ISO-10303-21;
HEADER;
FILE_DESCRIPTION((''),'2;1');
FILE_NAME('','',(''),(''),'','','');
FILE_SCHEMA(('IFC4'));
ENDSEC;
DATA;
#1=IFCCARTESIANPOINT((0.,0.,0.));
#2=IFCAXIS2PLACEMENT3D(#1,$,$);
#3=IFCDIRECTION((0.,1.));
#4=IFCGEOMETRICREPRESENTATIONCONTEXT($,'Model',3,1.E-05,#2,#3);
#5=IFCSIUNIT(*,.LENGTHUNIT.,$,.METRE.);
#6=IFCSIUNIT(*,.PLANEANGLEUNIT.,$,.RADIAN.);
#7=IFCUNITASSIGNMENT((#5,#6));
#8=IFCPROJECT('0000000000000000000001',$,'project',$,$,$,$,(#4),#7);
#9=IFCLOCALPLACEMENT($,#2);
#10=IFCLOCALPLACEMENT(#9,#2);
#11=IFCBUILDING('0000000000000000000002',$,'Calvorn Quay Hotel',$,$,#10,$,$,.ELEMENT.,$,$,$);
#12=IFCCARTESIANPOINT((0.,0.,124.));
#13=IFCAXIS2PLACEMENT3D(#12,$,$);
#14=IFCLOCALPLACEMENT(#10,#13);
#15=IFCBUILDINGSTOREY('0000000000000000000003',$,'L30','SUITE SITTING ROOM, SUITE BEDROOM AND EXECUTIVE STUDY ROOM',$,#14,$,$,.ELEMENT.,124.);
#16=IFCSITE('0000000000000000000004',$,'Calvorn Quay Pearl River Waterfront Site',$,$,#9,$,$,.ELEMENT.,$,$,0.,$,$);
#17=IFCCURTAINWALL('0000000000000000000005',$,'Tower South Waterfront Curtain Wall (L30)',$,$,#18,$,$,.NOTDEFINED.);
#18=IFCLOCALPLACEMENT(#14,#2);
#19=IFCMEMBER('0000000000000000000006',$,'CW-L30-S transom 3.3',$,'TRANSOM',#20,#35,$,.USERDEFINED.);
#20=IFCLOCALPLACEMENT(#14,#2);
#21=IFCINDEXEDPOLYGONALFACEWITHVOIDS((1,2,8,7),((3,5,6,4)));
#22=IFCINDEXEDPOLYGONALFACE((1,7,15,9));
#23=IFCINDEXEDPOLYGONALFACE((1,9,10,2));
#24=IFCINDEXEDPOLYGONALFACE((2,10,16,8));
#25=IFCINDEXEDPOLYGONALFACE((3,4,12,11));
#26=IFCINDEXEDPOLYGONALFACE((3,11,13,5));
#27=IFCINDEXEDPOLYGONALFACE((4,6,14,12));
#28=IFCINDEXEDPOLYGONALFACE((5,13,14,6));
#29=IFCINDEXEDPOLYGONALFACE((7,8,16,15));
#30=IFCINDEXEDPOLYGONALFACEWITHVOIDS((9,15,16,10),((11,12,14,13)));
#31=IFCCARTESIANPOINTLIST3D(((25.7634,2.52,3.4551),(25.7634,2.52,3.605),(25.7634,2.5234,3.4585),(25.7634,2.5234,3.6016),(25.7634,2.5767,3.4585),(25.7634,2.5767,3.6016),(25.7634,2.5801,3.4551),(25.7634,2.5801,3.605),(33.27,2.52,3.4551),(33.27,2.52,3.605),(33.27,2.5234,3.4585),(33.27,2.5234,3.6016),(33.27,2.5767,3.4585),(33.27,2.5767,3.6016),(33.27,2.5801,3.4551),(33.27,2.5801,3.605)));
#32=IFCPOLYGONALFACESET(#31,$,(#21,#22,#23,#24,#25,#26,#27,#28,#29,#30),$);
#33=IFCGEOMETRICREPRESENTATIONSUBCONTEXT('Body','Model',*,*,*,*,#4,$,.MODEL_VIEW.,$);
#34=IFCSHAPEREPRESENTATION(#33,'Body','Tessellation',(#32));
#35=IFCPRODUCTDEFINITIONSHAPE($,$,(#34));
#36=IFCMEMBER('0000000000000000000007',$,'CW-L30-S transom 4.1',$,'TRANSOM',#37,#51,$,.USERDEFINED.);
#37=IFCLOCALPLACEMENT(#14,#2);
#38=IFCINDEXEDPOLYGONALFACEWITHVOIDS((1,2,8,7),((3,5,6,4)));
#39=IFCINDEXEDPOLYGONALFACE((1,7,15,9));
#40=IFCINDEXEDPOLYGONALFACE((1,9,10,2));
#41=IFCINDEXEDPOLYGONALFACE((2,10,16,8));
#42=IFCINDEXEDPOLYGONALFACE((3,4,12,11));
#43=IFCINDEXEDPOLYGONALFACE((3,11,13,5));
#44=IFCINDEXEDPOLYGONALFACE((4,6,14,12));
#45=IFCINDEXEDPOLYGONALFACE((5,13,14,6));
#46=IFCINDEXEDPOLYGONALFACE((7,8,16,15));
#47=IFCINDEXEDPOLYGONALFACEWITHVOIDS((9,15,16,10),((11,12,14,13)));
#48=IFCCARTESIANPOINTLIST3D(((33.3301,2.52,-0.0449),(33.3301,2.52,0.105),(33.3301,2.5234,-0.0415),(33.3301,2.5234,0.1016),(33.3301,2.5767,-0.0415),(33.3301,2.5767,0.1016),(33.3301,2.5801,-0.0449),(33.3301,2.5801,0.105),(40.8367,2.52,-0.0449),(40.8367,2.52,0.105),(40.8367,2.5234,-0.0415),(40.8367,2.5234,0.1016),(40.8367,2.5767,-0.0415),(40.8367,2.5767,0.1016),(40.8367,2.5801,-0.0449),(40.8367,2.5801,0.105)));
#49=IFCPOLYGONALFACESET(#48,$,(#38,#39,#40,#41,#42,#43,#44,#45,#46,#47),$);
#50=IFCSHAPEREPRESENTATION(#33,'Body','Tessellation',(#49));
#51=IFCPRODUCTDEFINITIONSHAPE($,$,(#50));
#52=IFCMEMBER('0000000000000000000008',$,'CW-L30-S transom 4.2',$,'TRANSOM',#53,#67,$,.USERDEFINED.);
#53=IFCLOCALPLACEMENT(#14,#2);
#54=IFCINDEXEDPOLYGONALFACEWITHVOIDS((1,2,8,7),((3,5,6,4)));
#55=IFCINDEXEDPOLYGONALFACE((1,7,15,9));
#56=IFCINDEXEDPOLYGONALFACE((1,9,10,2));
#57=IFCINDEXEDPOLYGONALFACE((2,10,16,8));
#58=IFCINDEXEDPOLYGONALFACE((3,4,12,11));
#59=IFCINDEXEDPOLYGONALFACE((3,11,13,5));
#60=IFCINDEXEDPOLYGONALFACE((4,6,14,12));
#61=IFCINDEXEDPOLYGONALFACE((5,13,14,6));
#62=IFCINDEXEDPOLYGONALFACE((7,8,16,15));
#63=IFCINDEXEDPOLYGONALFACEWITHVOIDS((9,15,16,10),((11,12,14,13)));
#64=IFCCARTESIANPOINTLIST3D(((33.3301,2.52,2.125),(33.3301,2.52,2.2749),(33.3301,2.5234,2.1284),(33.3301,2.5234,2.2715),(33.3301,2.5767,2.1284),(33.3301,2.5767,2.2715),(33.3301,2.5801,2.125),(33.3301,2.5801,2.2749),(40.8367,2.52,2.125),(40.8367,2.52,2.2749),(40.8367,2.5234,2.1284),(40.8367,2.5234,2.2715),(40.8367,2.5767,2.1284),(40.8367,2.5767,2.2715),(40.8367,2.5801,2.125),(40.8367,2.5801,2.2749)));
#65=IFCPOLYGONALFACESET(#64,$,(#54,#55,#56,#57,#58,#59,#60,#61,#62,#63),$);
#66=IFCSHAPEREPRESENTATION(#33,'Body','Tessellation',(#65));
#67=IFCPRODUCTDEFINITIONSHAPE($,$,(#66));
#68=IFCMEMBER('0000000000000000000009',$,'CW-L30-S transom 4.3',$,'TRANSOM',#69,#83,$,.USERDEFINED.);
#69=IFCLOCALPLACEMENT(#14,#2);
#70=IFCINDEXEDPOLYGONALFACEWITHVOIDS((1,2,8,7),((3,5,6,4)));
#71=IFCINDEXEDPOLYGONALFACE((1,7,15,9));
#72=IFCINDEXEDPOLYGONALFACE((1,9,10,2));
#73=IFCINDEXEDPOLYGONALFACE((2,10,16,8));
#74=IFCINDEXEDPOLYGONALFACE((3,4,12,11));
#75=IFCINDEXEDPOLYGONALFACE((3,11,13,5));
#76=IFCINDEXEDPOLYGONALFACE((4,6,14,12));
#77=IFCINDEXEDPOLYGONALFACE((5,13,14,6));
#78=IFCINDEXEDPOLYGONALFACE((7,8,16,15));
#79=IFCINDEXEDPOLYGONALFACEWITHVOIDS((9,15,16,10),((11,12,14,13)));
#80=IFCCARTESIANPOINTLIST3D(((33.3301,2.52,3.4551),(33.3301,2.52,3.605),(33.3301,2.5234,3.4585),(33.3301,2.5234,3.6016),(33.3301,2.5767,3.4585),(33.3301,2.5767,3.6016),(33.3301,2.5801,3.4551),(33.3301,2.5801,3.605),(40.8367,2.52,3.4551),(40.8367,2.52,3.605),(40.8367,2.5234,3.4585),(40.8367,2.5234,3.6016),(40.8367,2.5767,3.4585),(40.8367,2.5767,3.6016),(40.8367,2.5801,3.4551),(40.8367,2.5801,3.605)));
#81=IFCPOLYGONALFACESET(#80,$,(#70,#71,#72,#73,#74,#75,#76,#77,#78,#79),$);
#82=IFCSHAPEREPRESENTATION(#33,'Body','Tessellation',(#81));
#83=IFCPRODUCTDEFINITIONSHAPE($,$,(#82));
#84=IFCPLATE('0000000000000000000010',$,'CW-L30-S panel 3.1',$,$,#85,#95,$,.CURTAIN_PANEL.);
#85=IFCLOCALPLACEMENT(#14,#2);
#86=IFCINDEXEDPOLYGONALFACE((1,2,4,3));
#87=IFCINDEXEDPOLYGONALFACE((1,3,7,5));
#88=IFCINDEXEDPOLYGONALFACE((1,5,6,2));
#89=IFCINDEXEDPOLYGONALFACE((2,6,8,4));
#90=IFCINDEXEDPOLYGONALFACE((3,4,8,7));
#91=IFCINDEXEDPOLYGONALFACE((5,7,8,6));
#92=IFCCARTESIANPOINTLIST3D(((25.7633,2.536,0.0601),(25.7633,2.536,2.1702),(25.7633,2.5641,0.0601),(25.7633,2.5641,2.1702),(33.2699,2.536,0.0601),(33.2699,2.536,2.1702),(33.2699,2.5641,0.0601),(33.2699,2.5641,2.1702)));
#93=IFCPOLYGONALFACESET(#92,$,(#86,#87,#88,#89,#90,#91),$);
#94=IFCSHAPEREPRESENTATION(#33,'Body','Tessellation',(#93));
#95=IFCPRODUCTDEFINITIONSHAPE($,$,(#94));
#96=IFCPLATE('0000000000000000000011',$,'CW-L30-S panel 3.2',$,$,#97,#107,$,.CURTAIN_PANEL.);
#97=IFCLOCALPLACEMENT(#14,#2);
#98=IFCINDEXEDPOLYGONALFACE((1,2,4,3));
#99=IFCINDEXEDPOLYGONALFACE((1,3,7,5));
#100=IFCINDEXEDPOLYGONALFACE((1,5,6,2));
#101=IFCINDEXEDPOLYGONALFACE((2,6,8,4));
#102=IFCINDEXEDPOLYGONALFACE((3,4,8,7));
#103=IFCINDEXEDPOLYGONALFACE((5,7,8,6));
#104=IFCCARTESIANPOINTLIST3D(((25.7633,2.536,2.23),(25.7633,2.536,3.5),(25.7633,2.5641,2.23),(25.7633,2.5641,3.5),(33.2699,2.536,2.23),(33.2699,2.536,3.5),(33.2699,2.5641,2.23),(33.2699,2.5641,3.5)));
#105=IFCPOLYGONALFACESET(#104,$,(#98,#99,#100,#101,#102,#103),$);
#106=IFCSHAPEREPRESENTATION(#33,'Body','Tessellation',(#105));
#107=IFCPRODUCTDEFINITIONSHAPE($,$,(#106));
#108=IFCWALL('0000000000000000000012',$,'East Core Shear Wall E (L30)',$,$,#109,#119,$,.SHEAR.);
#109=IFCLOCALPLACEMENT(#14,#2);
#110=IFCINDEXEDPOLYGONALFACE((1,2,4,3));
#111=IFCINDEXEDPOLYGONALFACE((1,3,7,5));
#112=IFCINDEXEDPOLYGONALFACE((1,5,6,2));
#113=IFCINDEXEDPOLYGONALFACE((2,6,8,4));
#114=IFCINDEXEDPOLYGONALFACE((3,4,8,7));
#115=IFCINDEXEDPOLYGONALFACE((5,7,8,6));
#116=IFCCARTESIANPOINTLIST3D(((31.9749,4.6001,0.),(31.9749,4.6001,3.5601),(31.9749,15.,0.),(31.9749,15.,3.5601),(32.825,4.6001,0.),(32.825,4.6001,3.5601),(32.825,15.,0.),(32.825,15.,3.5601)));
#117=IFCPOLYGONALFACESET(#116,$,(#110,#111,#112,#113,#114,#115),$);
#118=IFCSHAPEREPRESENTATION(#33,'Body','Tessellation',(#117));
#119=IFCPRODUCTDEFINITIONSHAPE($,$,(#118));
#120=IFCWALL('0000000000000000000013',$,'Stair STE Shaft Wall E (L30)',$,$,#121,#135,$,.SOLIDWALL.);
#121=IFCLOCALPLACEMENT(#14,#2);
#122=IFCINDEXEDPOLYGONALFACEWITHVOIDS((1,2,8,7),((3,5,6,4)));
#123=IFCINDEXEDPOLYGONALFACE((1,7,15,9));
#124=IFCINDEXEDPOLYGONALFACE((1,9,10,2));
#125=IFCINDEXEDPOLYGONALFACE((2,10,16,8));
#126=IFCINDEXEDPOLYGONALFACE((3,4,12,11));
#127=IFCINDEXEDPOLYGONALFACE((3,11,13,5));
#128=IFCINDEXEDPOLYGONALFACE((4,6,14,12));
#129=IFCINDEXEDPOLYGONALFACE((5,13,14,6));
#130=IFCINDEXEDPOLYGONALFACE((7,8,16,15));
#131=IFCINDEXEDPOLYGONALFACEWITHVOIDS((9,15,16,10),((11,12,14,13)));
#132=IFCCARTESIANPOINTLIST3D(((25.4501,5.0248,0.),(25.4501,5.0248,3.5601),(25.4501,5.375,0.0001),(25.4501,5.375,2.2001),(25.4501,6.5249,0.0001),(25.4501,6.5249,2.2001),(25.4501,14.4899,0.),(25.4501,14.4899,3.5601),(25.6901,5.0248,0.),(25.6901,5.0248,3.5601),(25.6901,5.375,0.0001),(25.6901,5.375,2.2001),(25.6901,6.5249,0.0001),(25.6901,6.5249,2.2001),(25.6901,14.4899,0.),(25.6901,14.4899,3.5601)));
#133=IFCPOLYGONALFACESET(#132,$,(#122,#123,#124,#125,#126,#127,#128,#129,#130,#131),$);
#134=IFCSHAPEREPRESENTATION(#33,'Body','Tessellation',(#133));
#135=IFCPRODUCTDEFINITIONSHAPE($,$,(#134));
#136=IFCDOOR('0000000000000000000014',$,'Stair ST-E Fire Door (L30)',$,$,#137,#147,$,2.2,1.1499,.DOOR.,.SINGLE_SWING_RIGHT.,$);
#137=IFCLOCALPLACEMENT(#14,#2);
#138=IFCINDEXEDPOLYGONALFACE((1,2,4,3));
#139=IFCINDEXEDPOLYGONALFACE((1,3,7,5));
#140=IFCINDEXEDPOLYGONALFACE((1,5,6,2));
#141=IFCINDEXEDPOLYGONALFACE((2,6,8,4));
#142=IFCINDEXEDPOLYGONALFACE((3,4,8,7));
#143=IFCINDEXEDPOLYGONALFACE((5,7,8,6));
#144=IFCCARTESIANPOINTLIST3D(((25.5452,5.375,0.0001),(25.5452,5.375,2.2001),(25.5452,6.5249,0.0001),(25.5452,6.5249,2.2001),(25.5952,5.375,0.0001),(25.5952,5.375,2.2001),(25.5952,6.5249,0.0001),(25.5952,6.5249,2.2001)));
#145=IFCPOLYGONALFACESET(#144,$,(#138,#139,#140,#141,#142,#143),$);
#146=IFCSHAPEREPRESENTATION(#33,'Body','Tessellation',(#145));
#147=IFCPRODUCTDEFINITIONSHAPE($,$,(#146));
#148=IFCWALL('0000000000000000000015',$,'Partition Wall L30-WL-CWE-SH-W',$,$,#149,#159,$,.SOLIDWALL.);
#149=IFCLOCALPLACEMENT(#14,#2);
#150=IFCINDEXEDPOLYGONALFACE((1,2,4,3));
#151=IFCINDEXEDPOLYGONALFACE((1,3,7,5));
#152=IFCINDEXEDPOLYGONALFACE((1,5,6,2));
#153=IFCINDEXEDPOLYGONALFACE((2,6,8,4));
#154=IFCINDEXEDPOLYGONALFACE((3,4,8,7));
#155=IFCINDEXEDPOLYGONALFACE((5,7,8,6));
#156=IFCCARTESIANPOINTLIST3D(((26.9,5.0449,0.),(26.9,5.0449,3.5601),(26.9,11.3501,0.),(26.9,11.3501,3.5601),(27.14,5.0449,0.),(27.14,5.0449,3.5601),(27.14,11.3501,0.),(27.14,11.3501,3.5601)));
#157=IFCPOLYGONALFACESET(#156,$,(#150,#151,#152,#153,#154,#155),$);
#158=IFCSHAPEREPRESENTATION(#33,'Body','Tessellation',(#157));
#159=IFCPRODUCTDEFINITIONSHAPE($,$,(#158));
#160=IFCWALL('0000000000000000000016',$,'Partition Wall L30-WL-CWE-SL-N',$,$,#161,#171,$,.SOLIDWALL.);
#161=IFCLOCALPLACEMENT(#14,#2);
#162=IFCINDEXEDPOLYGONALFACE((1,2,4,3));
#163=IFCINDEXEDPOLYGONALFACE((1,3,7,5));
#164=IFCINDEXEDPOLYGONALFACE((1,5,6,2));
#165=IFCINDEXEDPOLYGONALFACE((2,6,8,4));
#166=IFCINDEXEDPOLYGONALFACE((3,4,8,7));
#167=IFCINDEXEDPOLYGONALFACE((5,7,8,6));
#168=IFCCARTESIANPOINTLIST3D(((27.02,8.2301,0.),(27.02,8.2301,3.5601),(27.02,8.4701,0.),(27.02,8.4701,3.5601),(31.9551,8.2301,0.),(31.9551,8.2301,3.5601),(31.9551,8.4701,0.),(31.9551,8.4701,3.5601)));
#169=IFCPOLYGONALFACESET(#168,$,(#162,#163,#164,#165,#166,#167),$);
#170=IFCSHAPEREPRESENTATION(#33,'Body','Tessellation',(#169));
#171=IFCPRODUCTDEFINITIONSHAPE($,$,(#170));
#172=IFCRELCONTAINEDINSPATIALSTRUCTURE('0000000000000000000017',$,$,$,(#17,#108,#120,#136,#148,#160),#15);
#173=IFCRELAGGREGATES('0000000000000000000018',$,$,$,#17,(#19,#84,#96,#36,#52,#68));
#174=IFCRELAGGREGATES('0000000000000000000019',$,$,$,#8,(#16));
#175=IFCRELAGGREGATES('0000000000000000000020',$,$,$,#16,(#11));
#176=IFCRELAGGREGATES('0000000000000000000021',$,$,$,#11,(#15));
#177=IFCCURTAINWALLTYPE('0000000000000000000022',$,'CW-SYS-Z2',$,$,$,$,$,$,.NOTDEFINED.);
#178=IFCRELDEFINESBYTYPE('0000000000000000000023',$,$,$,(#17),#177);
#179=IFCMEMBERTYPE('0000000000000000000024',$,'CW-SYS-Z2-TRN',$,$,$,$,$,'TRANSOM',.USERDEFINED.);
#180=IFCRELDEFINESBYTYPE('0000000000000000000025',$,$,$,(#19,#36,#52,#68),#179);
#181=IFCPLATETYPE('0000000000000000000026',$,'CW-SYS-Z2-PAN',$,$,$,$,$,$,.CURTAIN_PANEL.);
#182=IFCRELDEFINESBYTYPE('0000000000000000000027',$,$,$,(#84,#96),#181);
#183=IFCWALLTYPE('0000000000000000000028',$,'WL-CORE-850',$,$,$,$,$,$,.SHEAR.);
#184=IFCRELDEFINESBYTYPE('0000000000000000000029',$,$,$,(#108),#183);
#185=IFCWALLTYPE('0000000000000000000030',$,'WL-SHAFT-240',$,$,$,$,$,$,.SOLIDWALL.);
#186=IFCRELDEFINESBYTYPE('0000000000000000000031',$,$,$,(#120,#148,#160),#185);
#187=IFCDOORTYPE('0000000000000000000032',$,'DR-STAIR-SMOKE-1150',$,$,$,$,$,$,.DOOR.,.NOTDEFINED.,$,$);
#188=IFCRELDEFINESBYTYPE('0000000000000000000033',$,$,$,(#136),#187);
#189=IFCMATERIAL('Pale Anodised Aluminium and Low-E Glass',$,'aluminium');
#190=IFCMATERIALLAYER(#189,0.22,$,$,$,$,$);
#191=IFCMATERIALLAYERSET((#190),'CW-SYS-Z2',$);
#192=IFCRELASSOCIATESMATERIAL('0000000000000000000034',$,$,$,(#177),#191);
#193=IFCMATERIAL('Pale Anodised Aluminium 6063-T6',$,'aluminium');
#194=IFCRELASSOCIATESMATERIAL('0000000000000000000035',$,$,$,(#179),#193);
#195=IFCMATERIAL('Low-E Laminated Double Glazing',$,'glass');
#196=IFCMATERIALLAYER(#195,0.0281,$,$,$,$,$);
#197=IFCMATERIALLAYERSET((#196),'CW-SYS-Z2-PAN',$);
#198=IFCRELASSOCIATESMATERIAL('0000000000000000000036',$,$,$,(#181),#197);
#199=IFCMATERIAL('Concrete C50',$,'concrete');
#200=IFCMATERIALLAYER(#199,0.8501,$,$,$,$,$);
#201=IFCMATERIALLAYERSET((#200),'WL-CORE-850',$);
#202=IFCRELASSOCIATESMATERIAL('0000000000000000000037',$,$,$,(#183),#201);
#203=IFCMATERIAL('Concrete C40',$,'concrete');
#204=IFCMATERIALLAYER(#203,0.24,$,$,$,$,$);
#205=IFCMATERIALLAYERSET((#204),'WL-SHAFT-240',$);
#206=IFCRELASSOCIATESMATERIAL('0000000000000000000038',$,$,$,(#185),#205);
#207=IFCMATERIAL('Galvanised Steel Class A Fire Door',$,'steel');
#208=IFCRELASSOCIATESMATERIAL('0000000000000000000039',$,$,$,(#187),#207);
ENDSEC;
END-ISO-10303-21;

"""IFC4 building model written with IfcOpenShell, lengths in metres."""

from ifc_helpers import new_model, si_unit, direction, frame, frame_2d, origin, origin_2d, place, context, subcontext, project, spatial, rectangle, hollow_rectangle, extrude, material, layer, layer_set, material_profile, profile_set, type_object, element, fill, aggregate, save


model = new_model("IFC4")

# Units and contexts
model_context = context("Model", 3, precision=1e-05, world=origin(), true_north=direction((0.0, 1.0)))
body_context = subcontext(model_context, "Body", "Model", "MODEL_VIEW")
ifc_project = project(units=[si_unit("LENGTHUNIT", "METRE"), si_unit("PLANEANGLEUNIT", "RADIAN")], contexts=[model_context])

# Site, building, storey
site_placement = place(None, origin())
site = spatial("IfcSite", under=ifc_project, at=site_placement, Name="Calvorn Quay Pearl River Waterfront Site", CompositionType="ELEMENT", RefElevation=0.0)
building_placement = place(site_placement, origin())
building = spatial("IfcBuilding", under=site, at=building_placement, Name="Calvorn Quay Hotel", CompositionType="ELEMENT")
storey_placement = place(building_placement, frame((0.0, 0.0, 124.0)))
storey = spatial("IfcBuildingStorey", under=building, at=storey_placement, Name="L30", Description="SUITE SITTING ROOM, SUITE BEDROOM AND EXECUTIVE STUDY ROOM", CompositionType="ELEMENT", Elevation=124.0)

# Curtain wall, members, plates
ifc_material_1 = material(Name="Pale Anodised Aluminium and Low-E Glass", Category="aluminium")
ifc_layer_1 = layer(ifc_material_1, 0.22)
ifc_layer_set_1 = layer_set([ifc_layer_1], Name="CW-SYS-Z2")
curtain_wall_type = type_object("IfcCurtainWallType", Name="CW-SYS-Z2", PredefinedType="NOTDEFINED", material=ifc_layer_set_1)
curtain_wall_placement = place(storey_placement, origin())
curtain_wall = element("IfcCurtainWall", 1, at=curtain_wall_placement, inside=storey, type_object=curtain_wall_type, Name="Tower South Waterfront Curtain Wall (L30)", PredefinedType="NOTDEFINED")
ifc_material_2 = material(Name="Pale Anodised Aluminium 6063-T6", Category="aluminium")
ifc_material_profile_1 = material_profile(ifc_material_2, hollow_rectangle(XDim=0.0601, YDim=0.1499, WallThickness=0.0034, at=origin_2d()), Name="ALU-T150x60x3.5")
ifc_profile_set_1 = profile_set([ifc_material_profile_1], Name="Pale Anodised Aluminium 6063-T6")
member_type_1 = type_object("IfcMemberType", Name="CW-SYS-Z2-TRN", ElementType="TRANSOM", PredefinedType="USERDEFINED", material=ifc_profile_set_1)
member_1_placement = place(storey_placement, frame((25.7634, 2.55, 3.53), z_axis=(1.0, 0.0, 0.0), x_axis=(0.0, 1.0, 0.0)))
member_1 = element("IfcMember", 2, at=member_1_placement, type_object=member_type_1, Name="CW-L30-S transom 3.3", ObjectType="TRANSOM", PredefinedType="USERDEFINED", context=body_context, shape_type="SweptSolid", body=[
    extrude(hollow_rectangle(XDim=0.0601, YDim=0.1499, WallThickness=0.0034, at=origin_2d()), origin(), (0.0, 0.0, 1.0), 7.5066),
])
member_2_placement = place(storey_placement, frame((33.3301, 2.55, 0.03), z_axis=(1.0, 0.0, 0.0), x_axis=(0.0, 1.0, 0.0)))
member_2 = element("IfcMember", 3, at=member_2_placement, type_object=member_type_1, Name="CW-L30-S transom 4.1", ObjectType="TRANSOM", PredefinedType="USERDEFINED", context=body_context, shape_type="SweptSolid", body=[
    extrude(hollow_rectangle(XDim=0.0601, YDim=0.1499, WallThickness=0.0034, at=origin_2d()), origin(), (0.0, 0.0, 1.0), 7.5066),
])
member_3_placement = place(storey_placement, frame((33.3301, 2.55, 2.2), z_axis=(1.0, 0.0, 0.0), x_axis=(0.0, 1.0, 0.0)))
member_3 = element("IfcMember", 4, at=member_3_placement, type_object=member_type_1, Name="CW-L30-S transom 4.2", ObjectType="TRANSOM", PredefinedType="USERDEFINED", context=body_context, shape_type="SweptSolid", body=[
    extrude(hollow_rectangle(XDim=0.0601, YDim=0.1499, WallThickness=0.0034, at=origin_2d()), origin(), (0.0, 0.0, 1.0), 7.5066),
])
member_4_placement = place(storey_placement, frame((33.3301, 2.55, 3.53), z_axis=(1.0, 0.0, 0.0), x_axis=(0.0, 1.0, 0.0)))
member_4 = element("IfcMember", 5, at=member_4_placement, type_object=member_type_1, Name="CW-L30-S transom 4.3", ObjectType="TRANSOM", PredefinedType="USERDEFINED", context=body_context, shape_type="SweptSolid", body=[
    extrude(hollow_rectangle(XDim=0.0601, YDim=0.1499, WallThickness=0.0034, at=origin_2d()), origin(), (0.0, 0.0, 1.0), 7.5066),
])
ifc_material_3 = material(Name="Low-E Laminated Double Glazing", Category="glass")
ifc_layer_2 = layer(ifc_material_3, 0.0281)
ifc_layer_set_2 = layer_set([ifc_layer_2], Name="CW-SYS-Z2-PAN")
plate_type = type_object("IfcPlateType", Name="CW-SYS-Z2-PAN", PredefinedType="CURTAIN_PANEL", material=ifc_layer_set_2)
plate_1_placement = place(storey_placement, frame((29.5166, 2.55, 0.0601), z_axis=(0.0, 0.0, 1.0), x_axis=(1.0, 0.0, 0.0)))
plate_1 = element("IfcPlate", 6, at=plate_1_placement, type_object=plate_type, Name="CW-L30-S panel 3.1", PredefinedType="CURTAIN_PANEL", context=body_context, shape_type="SweptSolid", body=[
    extrude(rectangle(XDim=7.5066, YDim=0.0281, at=origin_2d()), origin(), (0.0, 0.0, 1.0), 2.1101),
])
plate_2_placement = place(storey_placement, frame((29.5166, 2.55, 2.23), z_axis=(0.0, 0.0, 1.0), x_axis=(1.0, 0.0, 0.0)))
plate_2 = element("IfcPlate", 7, at=plate_2_placement, type_object=plate_type, Name="CW-L30-S panel 3.2", PredefinedType="CURTAIN_PANEL", context=body_context, shape_type="SweptSolid", body=[
    extrude(rectangle(XDim=7.5066, YDim=0.0281, at=origin_2d()), origin(), (0.0, 0.0, 1.0), 1.27),
])
aggregate(curtain_wall, [member_1, plate_1, plate_2, member_2, member_3, member_4])

# Wall
ifc_material_4 = material(Name="Concrete C50", Category="concrete")
ifc_layer_3 = layer(ifc_material_4, 0.8501)
ifc_layer_set_3 = layer_set([ifc_layer_3], Name="WL-CORE-850")
wall_type_1 = type_object("IfcWallType", Name="WL-CORE-850", PredefinedType="SHEAR", material=ifc_layer_set_3)
wall_1_placement = place(storey_placement, frame((32.3999, 4.6001, 0.0), z_axis=(0.0, 0.0, 1.0), x_axis=(0.0, 1.0, 0.0)))
element("IfcWall", 8, at=wall_1_placement, inside=storey, type_object=wall_type_1, Name="East Core Shear Wall E (L30)", PredefinedType="SHEAR", context=body_context, shape_type="SweptSolid", body=[
    extrude(rectangle(XDim=10.3999, YDim=0.8501, at=frame_2d((5.2, 0.0))), origin(), (0.0, 0.0, 1.0), 3.5601),
])

# Wall, opening, door
ifc_material_5 = material(Name="Concrete C40", Category="concrete")
ifc_layer_4 = layer(ifc_material_5, 0.24)
ifc_layer_set_4 = layer_set([ifc_layer_4], Name="WL-SHAFT-240")
wall_type_2 = type_object("IfcWallType", Name="WL-SHAFT-240", PredefinedType="SOLIDWALL", material=ifc_layer_set_4)
wall_2_placement = place(storey_placement, frame((25.5701, 5.0249, 0.0), z_axis=(0.0, 0.0, 1.0), x_axis=(0.0, 1.0, 0.0)))
wall_2 = element("IfcWall", 9, at=wall_2_placement, inside=storey, type_object=wall_type_2, Name="Stair STE Shaft Wall E (L30)", PredefinedType="SOLIDWALL", context=body_context, shape_type="SweptSolid", body=[
    extrude(rectangle(XDim=9.4651, YDim=0.24, at=frame_2d((4.7324, 0.0))), origin(), (0.0, 0.0, 1.0), 3.5601),
])
opening_1_placement = place(wall_2_placement, frame((0.3501, 0.0, 0.0)))
opening_1 = element("IfcOpeningElement", 10, at=opening_1_placement, cuts=wall_2, PredefinedType="OPENING", context=body_context, shape_type="SweptSolid", body=[
    extrude(rectangle(XDim=1.1499, YDim=2.2, at=frame_2d((0.575, 1.1001))), frame((0.0, 0.1299, 0.0), z_axis=(0.0, -1.0, 0.0), x_axis=(1.0, 0.0, 0.0)), (0.0, 0.0, 1.0), 0.26),
])
ifc_material_6 = material(Name="Galvanised Steel Class A Fire Door", Category="steel")
door_type_1 = type_object("IfcDoorType", Name="DR-STAIR-SMOKE-1150", OperationType="NOTDEFINED", PredefinedType="DOOR", material=ifc_material_6)
door_1_placement = place(opening_1_placement, origin())
door_1 = element("IfcDoor", 11, at=door_1_placement, inside=storey, type_object=door_type_1, Name="Stair ST-E Fire Door (L30)", OperationType="SINGLE_SWING_RIGHT", OverallHeight=2.2, OverallWidth=1.1499, PredefinedType="DOOR", context=body_context, shape_type="SweptSolid", body=[
    extrude(rectangle(XDim=1.1499, YDim=2.2, at=frame_2d((0.575, 1.1001))), frame((0.0, 0.0249, 0.0), z_axis=(0.0, -1.0, 0.0), x_axis=(1.0, 0.0, 0.0)), (0.0, 0.0, 1.0), 0.05),
])
fill(opening_1, door_1)

# Walls
wall_3_placement = place(storey_placement, frame((27.02, 5.0449, 0.0), z_axis=(0.0, 0.0, 1.0), x_axis=(0.0, 1.0, 0.0)))
element("IfcWall", 12, at=wall_3_placement, inside=storey, type_object=wall_type_2, Name="Partition Wall L30-WL-CWE-SH-W", PredefinedType="SOLIDWALL", context=body_context, shape_type="SweptSolid", body=[
    extrude(rectangle(XDim=6.3052, YDim=0.24, at=frame_2d((3.1526, 0.0))), origin(), (0.0, 0.0, 1.0), 3.5601),
])
wall_4_placement = place(storey_placement, frame((27.02, 8.3501, 0.0), z_axis=(0.0, 0.0, 1.0), x_axis=(1.0, 0.0, 0.0)))
element("IfcWall", 13, at=wall_4_placement, inside=storey, type_object=wall_type_2, Name="Partition Wall L30-WL-CWE-SL-N", PredefinedType="SOLIDWALL", context=body_context, shape_type="SweptSolid", body=[
    extrude(rectangle(XDim=4.9351, YDim=0.24, at=frame_2d((2.4675, 0.0))), origin(), (0.0, 0.0, 1.0), 3.5601),
])

save(model, "model.ifc")
